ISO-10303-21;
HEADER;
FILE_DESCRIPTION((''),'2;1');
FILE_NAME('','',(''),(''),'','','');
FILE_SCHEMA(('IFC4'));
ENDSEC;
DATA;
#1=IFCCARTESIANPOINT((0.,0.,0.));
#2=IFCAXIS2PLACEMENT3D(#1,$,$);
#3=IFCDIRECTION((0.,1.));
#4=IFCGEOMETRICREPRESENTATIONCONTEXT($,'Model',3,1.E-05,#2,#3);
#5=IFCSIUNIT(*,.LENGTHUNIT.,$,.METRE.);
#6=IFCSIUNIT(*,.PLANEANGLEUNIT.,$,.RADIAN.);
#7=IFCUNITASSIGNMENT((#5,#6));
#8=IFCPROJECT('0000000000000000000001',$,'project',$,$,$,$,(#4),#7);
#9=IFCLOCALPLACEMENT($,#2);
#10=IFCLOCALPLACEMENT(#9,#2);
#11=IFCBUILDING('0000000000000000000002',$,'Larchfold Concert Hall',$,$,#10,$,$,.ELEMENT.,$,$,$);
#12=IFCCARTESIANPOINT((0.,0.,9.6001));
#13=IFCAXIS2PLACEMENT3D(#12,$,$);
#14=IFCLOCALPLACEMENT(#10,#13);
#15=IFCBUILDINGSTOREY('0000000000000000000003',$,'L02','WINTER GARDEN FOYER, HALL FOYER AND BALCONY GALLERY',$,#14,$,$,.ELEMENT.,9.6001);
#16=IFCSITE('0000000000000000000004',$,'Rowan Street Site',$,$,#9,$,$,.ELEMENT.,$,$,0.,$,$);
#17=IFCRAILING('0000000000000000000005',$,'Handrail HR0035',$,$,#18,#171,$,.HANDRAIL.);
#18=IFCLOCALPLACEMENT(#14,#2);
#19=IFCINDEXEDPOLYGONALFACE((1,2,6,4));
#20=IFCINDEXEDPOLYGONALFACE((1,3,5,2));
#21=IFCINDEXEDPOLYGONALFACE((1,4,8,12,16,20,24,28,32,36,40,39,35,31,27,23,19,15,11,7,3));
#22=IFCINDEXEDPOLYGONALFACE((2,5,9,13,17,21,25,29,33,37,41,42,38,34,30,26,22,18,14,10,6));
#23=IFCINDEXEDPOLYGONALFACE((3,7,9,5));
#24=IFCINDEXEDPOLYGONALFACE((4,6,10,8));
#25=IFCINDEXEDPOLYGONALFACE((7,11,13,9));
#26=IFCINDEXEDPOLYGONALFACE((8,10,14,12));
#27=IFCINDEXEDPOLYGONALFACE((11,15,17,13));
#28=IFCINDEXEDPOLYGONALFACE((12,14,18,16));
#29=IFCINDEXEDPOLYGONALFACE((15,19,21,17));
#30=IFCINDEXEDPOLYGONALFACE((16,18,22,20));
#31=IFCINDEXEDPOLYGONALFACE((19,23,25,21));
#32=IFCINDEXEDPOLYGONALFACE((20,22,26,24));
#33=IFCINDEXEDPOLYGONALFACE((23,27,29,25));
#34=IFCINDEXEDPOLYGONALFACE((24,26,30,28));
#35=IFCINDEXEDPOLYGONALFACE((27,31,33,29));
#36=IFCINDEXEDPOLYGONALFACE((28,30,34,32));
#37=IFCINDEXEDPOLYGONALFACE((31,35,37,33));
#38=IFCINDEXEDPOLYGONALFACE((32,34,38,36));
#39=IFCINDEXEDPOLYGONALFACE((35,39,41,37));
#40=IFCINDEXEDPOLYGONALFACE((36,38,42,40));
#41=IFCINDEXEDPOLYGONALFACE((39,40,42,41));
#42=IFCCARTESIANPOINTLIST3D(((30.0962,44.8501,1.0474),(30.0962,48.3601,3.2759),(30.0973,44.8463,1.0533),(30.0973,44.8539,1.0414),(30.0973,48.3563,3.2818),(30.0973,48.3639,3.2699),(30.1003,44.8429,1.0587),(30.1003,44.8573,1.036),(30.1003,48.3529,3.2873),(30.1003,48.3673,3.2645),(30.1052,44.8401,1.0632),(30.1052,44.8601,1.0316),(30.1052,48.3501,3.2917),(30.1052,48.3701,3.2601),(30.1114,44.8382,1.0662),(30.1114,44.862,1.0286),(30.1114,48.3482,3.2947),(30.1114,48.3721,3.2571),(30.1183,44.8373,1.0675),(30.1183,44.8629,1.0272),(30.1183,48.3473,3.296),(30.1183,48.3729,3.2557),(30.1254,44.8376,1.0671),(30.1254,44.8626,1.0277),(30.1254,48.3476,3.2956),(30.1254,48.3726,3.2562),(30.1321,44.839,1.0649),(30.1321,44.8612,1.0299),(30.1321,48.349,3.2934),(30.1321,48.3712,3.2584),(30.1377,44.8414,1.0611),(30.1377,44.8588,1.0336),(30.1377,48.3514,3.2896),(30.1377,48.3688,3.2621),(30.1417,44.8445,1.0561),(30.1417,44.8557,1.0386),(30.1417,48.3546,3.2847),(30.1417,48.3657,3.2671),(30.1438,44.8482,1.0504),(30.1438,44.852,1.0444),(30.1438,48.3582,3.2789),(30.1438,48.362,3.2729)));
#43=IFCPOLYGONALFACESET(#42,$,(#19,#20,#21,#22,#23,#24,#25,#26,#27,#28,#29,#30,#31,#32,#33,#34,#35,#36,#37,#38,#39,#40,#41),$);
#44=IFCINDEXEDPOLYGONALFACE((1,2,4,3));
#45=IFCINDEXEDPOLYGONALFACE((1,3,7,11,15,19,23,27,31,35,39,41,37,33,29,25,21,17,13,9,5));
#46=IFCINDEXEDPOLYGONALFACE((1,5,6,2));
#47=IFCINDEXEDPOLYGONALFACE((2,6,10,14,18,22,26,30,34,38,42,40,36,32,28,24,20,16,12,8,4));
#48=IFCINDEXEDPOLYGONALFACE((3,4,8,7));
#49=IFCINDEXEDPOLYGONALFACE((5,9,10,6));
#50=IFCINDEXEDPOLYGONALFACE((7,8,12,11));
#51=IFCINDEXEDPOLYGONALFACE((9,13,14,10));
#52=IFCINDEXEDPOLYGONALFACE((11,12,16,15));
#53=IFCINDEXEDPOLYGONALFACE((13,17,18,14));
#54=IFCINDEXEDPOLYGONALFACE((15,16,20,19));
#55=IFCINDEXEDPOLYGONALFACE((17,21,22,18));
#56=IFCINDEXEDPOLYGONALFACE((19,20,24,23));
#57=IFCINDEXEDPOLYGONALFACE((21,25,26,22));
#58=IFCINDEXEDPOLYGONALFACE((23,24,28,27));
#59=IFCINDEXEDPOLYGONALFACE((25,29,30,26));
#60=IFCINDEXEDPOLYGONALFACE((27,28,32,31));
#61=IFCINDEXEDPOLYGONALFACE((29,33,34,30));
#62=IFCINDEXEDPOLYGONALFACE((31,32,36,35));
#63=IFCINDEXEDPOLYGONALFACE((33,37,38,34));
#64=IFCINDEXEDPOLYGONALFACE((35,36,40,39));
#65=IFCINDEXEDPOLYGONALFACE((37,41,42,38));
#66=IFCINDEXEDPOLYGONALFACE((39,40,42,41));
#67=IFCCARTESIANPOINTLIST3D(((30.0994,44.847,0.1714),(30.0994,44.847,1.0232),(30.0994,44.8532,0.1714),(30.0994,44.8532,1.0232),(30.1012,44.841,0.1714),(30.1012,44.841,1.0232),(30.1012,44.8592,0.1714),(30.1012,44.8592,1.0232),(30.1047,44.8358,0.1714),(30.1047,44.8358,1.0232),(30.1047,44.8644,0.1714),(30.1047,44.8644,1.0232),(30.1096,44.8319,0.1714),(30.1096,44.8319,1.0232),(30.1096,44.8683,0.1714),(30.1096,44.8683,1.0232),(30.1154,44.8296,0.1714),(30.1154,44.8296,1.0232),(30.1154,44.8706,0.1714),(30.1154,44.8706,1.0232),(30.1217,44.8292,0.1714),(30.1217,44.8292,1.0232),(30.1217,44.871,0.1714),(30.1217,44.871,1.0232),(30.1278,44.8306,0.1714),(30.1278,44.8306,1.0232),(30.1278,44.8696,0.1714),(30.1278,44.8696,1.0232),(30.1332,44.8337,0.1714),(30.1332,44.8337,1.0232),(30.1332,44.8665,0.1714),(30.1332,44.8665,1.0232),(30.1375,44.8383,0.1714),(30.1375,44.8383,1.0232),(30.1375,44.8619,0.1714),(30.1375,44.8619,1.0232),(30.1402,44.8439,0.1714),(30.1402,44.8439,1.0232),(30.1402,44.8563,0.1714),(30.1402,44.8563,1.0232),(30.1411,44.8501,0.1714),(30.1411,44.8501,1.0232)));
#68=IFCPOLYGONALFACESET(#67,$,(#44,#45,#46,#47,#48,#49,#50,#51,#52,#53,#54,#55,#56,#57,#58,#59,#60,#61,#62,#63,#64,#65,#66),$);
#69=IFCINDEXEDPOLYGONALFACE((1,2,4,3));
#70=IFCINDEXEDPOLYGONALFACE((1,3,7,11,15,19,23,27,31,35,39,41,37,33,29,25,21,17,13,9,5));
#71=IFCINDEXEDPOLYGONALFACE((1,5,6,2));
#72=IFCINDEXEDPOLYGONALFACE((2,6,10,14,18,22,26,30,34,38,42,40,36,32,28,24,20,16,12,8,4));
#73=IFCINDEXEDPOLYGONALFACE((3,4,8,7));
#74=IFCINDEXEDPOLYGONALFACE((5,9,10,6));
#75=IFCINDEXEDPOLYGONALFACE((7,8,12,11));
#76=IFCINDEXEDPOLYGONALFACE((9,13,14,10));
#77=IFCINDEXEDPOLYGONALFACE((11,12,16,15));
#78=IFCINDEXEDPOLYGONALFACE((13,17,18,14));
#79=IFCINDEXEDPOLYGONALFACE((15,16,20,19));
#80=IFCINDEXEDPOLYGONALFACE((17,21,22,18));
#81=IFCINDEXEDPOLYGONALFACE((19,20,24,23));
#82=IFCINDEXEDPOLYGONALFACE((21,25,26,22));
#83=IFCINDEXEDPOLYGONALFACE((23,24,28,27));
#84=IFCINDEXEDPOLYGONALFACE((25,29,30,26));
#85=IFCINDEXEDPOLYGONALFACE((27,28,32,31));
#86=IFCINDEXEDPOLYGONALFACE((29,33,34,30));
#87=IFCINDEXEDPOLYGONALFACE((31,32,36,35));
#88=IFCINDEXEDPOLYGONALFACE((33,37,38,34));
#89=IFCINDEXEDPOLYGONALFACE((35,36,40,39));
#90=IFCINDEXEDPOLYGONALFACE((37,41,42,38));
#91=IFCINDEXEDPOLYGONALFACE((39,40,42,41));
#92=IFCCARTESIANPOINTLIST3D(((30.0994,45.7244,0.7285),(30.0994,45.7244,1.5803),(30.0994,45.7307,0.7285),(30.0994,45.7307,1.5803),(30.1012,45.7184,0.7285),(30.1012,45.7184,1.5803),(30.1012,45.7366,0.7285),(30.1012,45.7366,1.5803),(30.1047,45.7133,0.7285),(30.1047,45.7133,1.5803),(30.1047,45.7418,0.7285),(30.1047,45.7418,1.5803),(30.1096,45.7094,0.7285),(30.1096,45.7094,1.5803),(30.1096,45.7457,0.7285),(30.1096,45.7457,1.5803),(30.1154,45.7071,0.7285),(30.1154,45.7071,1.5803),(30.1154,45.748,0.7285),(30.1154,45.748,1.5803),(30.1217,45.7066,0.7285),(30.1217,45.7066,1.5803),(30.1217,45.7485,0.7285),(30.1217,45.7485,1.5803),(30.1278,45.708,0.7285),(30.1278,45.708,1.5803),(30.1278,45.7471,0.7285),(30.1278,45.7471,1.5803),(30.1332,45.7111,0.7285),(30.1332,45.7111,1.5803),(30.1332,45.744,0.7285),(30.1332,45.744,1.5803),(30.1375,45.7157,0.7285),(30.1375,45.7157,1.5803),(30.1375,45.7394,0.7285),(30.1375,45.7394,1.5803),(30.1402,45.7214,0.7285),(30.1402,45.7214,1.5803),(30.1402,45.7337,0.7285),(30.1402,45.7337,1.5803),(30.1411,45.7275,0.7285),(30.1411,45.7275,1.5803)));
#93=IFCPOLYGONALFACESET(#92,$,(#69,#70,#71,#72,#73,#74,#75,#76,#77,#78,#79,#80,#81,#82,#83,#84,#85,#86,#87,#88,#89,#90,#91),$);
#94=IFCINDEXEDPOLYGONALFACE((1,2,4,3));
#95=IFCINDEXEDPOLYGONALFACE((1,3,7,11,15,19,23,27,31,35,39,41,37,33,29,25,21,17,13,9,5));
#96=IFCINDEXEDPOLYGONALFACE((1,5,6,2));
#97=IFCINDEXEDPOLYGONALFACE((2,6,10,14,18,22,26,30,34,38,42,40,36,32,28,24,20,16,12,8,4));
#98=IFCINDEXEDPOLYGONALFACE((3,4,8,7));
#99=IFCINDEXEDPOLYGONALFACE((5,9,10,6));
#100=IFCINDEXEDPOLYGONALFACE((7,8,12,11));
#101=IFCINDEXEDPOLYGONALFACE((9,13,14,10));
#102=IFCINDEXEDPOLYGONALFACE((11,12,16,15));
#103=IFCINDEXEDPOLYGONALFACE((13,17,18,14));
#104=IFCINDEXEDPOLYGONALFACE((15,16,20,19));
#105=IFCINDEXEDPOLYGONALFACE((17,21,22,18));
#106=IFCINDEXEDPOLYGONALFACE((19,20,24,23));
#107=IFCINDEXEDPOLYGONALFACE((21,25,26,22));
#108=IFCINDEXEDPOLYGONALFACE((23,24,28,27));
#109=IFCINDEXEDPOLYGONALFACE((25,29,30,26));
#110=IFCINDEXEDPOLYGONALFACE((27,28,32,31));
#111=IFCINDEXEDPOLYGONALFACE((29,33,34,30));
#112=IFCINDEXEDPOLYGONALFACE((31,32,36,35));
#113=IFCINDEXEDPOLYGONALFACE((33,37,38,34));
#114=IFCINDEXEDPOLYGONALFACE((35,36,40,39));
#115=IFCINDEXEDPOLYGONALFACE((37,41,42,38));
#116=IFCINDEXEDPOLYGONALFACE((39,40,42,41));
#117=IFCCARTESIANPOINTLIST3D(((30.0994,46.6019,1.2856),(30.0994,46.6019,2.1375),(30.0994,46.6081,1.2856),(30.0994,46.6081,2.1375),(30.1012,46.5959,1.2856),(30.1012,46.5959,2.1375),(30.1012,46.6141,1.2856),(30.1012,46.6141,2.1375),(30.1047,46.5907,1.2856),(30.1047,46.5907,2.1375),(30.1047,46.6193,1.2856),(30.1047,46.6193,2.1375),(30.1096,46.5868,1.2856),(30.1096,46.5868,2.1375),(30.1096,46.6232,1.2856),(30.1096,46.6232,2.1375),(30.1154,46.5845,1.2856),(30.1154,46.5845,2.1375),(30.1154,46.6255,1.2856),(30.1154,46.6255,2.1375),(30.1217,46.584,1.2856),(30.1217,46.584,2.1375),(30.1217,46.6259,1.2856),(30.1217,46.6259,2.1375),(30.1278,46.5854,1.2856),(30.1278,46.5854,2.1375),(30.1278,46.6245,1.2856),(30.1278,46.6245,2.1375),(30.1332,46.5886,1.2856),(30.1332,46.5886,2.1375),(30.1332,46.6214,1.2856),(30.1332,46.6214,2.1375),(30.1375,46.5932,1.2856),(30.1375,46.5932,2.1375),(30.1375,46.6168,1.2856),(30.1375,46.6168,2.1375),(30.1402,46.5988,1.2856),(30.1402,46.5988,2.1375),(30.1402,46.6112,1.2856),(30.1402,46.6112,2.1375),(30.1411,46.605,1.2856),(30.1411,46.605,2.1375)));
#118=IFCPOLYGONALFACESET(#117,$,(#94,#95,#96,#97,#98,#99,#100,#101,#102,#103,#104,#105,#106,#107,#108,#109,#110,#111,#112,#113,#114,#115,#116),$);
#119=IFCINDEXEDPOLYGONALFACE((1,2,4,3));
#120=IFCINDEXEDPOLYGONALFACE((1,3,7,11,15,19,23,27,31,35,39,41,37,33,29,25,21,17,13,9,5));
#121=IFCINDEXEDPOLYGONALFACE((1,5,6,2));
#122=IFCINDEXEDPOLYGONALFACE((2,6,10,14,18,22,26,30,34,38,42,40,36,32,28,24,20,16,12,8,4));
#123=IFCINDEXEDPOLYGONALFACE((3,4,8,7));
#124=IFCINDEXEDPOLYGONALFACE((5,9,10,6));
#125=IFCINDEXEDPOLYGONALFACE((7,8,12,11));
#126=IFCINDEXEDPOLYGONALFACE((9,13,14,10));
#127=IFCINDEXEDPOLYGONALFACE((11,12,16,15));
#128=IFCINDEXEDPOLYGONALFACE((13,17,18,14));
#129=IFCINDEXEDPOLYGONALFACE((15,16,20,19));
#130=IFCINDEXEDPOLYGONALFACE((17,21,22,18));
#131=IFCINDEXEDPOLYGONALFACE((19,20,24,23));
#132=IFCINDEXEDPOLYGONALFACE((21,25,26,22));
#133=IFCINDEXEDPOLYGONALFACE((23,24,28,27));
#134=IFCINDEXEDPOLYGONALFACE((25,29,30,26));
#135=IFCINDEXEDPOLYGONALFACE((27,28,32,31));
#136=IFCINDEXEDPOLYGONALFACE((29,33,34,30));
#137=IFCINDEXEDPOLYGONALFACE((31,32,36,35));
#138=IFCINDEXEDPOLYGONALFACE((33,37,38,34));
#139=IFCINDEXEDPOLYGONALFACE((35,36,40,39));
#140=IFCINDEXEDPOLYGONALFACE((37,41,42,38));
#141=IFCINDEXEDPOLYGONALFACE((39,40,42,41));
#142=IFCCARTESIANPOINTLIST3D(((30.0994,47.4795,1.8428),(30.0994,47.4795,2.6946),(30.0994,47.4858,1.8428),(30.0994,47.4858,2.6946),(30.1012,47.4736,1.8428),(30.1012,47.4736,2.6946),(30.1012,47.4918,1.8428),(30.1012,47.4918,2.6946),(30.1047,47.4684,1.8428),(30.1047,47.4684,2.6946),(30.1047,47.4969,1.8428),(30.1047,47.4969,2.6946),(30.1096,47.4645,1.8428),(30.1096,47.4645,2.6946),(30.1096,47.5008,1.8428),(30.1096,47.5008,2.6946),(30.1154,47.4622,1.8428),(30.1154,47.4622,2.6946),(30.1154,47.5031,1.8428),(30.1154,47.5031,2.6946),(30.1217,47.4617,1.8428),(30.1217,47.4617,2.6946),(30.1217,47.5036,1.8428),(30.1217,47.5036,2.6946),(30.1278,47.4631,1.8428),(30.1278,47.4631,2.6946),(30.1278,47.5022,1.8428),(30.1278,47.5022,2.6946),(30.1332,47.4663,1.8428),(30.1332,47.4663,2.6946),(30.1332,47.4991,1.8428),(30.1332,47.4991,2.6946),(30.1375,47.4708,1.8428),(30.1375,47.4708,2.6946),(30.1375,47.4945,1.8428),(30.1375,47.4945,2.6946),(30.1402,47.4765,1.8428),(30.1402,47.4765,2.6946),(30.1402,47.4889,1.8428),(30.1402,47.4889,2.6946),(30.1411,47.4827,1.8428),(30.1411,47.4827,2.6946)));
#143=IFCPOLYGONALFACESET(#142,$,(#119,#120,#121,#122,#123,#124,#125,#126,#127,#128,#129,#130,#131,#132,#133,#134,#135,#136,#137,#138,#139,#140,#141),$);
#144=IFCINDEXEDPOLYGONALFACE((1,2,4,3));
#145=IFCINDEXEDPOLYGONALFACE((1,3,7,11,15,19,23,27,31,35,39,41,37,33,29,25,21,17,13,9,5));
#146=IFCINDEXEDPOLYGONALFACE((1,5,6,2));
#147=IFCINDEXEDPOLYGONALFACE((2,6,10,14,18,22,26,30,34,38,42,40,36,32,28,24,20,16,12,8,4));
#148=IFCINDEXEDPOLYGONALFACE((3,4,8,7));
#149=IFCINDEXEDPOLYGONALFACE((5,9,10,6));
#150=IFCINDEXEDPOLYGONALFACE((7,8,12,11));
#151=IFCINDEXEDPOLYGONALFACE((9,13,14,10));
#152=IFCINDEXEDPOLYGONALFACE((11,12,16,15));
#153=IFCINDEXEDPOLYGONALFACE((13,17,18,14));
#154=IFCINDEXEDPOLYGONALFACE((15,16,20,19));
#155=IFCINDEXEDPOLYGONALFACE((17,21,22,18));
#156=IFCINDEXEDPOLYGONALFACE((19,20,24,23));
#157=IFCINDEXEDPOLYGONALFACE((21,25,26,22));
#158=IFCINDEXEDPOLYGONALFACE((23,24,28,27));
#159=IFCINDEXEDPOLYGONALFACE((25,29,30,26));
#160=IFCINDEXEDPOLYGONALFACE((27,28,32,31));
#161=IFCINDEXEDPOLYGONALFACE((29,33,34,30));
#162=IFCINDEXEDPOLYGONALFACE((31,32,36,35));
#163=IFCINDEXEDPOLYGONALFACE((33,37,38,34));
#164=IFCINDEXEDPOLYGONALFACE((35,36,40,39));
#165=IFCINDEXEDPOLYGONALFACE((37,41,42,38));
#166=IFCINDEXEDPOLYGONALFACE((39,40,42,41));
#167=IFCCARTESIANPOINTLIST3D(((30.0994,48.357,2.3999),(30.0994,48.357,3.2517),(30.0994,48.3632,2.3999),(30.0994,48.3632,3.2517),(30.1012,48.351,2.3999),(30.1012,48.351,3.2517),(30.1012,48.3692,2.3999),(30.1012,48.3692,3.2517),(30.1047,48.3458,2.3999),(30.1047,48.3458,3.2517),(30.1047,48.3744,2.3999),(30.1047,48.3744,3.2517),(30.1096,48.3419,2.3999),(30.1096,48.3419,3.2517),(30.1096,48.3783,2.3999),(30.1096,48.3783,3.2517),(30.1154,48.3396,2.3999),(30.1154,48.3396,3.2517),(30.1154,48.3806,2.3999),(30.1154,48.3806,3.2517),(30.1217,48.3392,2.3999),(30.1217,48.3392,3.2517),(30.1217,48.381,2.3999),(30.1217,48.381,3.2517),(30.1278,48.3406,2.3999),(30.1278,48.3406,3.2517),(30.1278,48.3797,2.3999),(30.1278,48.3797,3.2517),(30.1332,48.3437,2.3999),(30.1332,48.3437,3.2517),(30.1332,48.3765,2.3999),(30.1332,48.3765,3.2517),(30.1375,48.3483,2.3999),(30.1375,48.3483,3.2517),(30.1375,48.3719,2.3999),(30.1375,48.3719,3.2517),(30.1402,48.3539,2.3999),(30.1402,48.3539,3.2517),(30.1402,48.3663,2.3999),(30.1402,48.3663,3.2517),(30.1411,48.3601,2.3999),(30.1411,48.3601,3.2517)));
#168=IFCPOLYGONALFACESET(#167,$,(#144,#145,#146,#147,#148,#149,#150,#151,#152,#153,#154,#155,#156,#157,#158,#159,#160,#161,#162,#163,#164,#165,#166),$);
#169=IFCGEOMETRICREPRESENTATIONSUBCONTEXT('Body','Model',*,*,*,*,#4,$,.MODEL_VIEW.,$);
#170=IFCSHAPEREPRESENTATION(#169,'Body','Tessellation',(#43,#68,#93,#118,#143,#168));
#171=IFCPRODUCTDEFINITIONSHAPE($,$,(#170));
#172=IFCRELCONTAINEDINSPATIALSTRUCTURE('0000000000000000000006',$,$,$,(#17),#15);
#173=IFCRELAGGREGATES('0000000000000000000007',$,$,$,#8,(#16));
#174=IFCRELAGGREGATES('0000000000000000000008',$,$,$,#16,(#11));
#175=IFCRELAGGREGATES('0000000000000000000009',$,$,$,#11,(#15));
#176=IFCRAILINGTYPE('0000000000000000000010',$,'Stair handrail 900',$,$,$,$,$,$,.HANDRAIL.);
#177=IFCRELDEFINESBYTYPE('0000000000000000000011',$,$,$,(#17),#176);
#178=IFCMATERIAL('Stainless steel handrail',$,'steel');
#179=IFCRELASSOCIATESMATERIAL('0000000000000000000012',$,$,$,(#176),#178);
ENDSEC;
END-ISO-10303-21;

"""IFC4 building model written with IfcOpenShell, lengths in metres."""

from ifc_helpers import new_model, si_unit, direction, frame, origin, origin_2d, place, context, subcontext, project, spatial, circle, extrude, material, type_object, element, save


model = new_model("IFC4")

# Units and contexts
model_context = context("Model", 3, precision=1e-05, world=origin(), true_north=direction((0.0, 1.0)))
body_context = subcontext(model_context, "Body", "Model", "MODEL_VIEW")
ifc_project = project(units=[si_unit("LENGTHUNIT", "METRE"), si_unit("PLANEANGLEUNIT", "RADIAN")], contexts=[model_context])

# Site, building, storey
site_placement = place(None, origin())
site = spatial("IfcSite", under=ifc_project, at=site_placement, Name="Rowan Street Site", CompositionType="ELEMENT", RefElevation=0.0)
building_placement = place(site_placement, origin())
building = spatial("IfcBuilding", under=site, at=building_placement, Name="Larchfold Concert Hall", CompositionType="ELEMENT")
storey_placement = place(building_placement, frame((0.0, 0.0, 9.6001)))
storey = spatial("IfcBuildingStorey", under=building, at=storey_placement, Name="L02", Description="WINTER GARDEN FOYER, HALL FOYER AND BALCONY GALLERY", CompositionType="ELEMENT", Elevation=9.6001)

# Railing
ifc_material_1 = material(Name="Stainless steel handrail", Category="steel")
railing_type_1 = type_object("IfcRailingType", Name="Stair handrail 900", PredefinedType="HANDRAIL", material=ifc_material_1)
railing_1_placement = place(storey_placement, frame((30.1201, 44.8501, 0.1714)))
element("IfcRailing", 1, at=railing_1_placement, inside=storey, type_object=railing_type_1, Name="Handrail HR0035", PredefinedType="HANDRAIL", context=body_context, shape_type="SweptSolid", body=[
    extrude(circle(Radius=0.0239, at=origin_2d()), frame((0.0, 0.0, 0.876), z_axis=(0.0, 0.84422, 0.535998), x_axis=(-1.0, 0.0, 0.0)), (0.0, 0.0, 1.0), 4.1577),
    extrude(circle(Radius=0.021, at=origin_2d()), origin(), (0.0, 0.0, 1.0), 0.8518),
    extrude(circle(Radius=0.021, at=origin_2d()), frame((0.0, 0.8774, 0.5571)), (0.0, 0.0, 1.0), 0.8518),
    extrude(circle(Radius=0.021, at=origin_2d()), frame((0.0, 1.7549, 1.1143)), (0.0, 0.0, 1.0), 0.8518),
    extrude(circle(Radius=0.021, at=origin_2d()), frame((0.0, 2.6326, 1.6714)), (0.0, 0.0, 1.0), 0.8518),
    extrude(circle(Radius=0.021, at=origin_2d()), frame((0.0, 3.51, 2.2285)), (0.0, 0.0, 1.0), 0.8518),
])

save(model, "model.ifc")
